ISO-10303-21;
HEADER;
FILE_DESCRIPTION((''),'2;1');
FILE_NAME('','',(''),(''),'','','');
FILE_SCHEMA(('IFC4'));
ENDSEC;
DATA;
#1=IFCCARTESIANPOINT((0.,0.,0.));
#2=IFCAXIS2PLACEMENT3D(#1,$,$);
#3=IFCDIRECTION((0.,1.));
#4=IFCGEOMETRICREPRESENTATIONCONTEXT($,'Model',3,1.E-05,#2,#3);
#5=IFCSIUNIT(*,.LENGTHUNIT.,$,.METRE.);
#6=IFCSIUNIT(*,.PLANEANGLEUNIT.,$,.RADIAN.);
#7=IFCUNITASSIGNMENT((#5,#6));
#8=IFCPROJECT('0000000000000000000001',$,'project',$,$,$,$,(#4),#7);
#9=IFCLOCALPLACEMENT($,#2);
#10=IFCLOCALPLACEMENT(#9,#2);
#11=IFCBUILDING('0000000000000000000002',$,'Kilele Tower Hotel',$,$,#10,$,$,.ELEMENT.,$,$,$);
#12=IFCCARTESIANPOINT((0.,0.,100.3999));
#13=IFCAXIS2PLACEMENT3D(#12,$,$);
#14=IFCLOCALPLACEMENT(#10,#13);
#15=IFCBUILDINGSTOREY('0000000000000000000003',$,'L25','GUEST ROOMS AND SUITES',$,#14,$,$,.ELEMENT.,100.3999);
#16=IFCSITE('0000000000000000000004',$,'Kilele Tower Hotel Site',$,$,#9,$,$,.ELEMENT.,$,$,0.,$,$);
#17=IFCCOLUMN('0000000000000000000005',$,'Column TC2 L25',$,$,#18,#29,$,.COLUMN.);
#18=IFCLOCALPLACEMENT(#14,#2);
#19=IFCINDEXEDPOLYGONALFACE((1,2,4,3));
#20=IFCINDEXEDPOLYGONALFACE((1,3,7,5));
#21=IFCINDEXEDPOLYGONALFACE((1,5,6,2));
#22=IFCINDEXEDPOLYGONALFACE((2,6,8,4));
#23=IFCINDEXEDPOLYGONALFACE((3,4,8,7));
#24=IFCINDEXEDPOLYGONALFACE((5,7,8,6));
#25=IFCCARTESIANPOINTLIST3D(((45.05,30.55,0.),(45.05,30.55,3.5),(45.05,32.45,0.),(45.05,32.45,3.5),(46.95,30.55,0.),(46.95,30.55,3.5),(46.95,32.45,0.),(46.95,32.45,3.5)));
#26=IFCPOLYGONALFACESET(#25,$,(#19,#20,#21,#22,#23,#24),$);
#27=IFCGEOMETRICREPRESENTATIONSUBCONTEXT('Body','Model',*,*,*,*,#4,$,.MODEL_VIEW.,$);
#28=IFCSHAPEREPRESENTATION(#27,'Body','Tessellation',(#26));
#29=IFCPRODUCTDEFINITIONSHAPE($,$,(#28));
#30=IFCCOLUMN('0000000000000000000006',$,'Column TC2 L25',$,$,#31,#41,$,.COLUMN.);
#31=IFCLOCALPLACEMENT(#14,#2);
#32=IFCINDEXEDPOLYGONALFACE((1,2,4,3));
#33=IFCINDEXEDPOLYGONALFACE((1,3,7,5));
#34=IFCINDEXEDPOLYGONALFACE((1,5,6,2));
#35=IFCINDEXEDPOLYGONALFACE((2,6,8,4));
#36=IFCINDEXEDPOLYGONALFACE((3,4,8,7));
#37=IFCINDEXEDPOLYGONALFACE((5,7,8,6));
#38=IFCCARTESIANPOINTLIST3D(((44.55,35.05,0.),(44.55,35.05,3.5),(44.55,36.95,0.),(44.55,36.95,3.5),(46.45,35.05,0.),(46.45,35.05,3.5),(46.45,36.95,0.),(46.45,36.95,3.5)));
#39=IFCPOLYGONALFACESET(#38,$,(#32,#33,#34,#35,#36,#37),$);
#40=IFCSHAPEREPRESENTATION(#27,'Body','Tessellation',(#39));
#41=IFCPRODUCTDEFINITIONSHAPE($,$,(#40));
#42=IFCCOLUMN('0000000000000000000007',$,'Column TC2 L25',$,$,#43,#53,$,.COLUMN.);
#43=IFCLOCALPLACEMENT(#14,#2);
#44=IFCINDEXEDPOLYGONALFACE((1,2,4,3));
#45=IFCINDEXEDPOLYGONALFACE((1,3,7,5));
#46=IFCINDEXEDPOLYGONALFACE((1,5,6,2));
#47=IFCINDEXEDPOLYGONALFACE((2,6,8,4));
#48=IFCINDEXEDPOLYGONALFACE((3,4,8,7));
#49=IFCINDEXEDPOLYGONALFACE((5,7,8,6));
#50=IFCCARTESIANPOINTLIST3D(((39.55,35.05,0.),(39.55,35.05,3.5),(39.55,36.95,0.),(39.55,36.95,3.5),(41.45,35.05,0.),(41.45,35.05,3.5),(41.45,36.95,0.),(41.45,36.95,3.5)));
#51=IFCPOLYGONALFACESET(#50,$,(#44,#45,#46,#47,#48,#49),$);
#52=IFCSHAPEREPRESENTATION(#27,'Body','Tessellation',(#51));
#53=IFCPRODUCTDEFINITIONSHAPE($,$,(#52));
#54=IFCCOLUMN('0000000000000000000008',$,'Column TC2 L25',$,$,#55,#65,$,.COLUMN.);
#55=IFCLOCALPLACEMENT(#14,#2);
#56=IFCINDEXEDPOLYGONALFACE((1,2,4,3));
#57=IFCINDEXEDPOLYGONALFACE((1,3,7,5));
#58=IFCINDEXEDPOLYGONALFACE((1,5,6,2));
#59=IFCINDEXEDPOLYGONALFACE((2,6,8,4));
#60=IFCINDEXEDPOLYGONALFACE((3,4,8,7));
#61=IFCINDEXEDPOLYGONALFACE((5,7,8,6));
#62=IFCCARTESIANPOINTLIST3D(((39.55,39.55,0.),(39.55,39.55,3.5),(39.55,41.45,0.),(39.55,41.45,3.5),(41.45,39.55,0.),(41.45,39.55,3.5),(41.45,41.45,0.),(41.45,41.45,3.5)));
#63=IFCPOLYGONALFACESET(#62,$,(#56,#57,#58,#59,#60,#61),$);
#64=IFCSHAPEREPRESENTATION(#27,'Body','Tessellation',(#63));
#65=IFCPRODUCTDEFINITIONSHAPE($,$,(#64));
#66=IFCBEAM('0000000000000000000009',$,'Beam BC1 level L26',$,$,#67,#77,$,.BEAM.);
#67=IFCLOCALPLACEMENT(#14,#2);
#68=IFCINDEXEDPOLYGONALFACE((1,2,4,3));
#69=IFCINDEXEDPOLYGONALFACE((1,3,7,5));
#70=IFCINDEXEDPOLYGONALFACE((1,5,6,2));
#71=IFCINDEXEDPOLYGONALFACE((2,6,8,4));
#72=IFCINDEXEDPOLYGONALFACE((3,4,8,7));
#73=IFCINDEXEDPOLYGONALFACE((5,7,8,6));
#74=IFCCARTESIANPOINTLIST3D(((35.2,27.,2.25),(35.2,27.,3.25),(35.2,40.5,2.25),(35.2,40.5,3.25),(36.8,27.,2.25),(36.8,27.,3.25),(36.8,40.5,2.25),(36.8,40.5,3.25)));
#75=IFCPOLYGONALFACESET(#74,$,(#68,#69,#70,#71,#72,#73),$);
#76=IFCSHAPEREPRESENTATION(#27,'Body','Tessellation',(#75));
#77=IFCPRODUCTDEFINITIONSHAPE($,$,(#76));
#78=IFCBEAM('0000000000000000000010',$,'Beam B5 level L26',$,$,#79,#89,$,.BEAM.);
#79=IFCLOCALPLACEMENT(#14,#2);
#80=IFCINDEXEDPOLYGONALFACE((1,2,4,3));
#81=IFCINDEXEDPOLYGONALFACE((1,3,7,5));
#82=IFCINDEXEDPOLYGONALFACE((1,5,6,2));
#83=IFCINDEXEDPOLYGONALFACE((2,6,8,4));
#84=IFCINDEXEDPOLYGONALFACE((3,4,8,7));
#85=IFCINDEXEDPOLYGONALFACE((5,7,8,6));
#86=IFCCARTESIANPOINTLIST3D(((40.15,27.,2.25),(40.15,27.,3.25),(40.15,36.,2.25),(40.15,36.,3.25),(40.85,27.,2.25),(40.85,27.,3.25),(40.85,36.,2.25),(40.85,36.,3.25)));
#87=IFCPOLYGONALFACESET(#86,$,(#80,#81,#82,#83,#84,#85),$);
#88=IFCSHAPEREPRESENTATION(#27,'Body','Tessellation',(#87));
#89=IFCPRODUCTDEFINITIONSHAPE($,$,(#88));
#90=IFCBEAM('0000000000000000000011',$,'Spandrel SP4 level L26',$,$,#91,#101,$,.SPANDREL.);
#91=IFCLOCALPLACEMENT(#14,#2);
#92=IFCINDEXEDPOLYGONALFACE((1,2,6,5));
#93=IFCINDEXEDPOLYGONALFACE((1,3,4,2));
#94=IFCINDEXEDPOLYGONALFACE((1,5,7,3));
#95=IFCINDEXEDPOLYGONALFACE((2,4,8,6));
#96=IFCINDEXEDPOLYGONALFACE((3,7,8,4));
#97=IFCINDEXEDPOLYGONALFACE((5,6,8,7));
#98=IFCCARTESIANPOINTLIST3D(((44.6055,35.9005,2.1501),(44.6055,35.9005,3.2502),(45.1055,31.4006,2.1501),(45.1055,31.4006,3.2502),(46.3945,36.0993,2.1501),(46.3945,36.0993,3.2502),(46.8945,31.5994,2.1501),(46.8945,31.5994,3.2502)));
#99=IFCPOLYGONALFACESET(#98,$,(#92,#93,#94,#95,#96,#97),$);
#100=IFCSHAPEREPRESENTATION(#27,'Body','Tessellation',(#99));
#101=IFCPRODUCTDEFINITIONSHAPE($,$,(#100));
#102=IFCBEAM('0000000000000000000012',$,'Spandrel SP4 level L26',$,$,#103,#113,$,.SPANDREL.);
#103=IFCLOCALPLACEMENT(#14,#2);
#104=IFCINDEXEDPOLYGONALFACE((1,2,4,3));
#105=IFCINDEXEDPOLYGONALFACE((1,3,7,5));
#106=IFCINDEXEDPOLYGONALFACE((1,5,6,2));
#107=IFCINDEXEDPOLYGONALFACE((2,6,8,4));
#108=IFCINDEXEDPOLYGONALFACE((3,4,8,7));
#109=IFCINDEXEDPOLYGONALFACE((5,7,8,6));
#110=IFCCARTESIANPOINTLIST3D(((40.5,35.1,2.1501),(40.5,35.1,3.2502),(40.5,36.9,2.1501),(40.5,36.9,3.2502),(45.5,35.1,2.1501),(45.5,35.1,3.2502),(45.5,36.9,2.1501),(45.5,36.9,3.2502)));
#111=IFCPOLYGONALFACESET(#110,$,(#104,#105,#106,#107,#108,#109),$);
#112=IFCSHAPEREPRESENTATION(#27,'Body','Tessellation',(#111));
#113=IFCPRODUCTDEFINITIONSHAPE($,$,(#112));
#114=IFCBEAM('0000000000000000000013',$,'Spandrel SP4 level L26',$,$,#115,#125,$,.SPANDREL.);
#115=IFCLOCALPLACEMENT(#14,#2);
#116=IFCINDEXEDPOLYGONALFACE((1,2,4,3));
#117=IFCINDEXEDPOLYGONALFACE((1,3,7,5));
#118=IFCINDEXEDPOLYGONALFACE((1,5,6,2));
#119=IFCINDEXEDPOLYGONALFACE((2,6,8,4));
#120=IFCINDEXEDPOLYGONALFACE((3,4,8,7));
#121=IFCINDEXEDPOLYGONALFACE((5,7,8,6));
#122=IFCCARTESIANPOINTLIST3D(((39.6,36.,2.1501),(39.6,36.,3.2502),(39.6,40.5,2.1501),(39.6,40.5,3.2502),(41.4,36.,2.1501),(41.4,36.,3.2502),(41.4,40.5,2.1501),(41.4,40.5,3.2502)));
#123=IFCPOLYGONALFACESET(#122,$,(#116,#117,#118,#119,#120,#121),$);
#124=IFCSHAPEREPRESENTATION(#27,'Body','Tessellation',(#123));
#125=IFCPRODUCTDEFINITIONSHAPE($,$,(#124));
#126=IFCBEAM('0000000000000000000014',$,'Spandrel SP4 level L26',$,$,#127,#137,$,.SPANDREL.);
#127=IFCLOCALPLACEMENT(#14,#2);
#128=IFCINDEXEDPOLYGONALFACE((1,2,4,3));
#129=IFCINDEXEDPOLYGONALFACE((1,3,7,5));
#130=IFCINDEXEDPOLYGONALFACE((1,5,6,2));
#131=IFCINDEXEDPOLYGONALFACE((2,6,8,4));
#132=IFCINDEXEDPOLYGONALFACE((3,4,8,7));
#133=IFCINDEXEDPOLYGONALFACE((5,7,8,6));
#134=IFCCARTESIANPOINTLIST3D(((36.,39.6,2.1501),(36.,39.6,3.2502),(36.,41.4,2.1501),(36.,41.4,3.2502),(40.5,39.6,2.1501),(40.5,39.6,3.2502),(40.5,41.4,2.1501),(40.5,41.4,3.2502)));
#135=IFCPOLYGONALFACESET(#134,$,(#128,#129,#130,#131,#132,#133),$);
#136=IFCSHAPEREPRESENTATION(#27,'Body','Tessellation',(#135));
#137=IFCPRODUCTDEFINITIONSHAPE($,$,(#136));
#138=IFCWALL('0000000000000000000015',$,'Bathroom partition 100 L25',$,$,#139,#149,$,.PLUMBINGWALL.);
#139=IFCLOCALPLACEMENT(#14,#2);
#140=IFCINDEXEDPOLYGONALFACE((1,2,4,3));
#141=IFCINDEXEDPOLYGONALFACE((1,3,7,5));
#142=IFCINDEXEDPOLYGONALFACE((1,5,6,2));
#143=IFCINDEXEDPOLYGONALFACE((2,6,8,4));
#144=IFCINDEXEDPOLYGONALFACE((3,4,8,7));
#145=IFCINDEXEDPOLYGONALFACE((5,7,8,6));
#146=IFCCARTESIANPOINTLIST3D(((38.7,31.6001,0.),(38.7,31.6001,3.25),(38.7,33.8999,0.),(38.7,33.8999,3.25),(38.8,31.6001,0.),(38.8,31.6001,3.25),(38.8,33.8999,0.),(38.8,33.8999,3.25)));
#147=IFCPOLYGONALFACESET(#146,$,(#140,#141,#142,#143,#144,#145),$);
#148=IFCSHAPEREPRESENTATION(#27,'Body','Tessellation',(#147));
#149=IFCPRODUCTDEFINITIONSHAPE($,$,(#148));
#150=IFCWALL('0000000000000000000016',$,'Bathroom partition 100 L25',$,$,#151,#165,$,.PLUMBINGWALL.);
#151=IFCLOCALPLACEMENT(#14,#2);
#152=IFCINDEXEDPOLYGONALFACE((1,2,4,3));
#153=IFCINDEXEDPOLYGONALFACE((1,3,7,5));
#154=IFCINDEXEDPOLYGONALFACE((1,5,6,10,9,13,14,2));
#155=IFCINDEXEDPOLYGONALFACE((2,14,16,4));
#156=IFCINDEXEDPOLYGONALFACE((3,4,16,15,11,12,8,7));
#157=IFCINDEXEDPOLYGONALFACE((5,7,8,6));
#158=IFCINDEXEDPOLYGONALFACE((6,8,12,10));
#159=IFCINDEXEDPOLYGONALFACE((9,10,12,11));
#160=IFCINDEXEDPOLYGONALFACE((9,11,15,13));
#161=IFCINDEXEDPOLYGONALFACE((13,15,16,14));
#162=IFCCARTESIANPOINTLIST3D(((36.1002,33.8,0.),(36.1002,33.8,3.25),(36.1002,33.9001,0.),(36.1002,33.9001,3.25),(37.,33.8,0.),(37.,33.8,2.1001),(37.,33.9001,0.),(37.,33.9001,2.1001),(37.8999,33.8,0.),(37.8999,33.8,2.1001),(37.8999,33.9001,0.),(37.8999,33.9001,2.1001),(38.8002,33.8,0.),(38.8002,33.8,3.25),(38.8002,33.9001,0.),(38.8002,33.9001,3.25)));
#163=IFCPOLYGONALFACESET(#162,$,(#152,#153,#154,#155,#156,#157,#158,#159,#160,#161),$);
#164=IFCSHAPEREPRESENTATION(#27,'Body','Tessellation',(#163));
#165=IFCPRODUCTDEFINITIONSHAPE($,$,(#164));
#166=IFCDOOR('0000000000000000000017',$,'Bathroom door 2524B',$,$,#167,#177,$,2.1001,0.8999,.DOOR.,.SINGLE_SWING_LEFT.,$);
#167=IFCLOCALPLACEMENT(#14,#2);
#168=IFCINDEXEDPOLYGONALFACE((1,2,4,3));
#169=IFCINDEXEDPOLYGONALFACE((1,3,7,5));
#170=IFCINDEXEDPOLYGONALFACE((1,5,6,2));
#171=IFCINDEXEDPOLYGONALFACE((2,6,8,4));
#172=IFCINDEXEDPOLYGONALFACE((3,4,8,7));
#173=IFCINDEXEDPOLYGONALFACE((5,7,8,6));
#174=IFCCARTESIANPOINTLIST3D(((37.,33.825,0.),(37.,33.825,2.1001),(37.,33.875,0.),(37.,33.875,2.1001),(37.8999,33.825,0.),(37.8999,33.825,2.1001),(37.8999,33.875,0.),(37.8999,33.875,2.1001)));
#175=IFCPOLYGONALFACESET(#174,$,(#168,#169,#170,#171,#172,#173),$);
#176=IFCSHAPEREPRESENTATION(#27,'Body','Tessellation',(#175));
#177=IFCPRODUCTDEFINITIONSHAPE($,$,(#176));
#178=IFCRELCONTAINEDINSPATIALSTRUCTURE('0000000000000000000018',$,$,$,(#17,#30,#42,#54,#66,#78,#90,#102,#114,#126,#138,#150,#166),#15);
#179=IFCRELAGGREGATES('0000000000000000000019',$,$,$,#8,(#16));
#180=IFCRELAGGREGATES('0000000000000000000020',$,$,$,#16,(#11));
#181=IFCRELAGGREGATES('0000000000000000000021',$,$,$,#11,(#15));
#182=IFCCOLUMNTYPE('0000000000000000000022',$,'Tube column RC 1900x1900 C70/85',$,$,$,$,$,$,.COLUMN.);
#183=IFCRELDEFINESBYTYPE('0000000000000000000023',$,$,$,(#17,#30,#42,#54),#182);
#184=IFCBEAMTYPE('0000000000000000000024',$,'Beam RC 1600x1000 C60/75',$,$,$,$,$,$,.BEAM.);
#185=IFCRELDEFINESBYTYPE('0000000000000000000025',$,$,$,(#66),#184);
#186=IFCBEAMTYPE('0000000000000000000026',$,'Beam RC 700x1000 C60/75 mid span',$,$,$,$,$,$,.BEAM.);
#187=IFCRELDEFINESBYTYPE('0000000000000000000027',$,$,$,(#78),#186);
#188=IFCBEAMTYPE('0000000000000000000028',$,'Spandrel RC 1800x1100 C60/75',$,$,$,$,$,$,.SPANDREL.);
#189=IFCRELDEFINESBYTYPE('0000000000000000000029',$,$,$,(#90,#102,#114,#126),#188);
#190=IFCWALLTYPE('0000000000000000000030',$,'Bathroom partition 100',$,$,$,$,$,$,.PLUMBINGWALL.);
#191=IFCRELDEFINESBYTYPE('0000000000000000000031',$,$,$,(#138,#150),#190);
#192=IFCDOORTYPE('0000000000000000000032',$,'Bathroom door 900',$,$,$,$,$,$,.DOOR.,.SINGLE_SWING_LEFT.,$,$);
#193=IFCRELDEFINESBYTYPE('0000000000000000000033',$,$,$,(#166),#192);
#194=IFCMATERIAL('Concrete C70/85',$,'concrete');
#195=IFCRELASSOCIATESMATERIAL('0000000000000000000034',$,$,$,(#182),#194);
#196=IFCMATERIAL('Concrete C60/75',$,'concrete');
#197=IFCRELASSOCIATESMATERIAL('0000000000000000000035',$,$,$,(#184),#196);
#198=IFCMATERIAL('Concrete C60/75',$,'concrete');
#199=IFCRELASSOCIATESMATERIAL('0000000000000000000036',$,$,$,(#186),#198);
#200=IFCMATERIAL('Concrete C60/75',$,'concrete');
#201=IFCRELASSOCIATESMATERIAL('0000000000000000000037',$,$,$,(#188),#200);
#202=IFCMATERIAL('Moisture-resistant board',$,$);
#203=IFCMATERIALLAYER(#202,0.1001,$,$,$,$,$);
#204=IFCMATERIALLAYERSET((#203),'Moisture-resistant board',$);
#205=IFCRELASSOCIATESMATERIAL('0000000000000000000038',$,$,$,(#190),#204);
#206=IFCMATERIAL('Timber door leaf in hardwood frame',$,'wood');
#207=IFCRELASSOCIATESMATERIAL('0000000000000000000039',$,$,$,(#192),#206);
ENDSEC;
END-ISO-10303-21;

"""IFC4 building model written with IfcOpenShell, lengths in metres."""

from ifc_helpers import new_model, si_unit, direction, frame, frame_2d, origin, origin_2d, place, context, subcontext, project, spatial, rectangle, extrude, material, layer, layer_set, material_profile, profile_set, type_object, element, fill, save


model = new_model("IFC4")

# Units and contexts
model_context = context("Model", 3, precision=1e-05, world=origin(), true_north=direction((0.0, 1.0)))
body_context = subcontext(model_context, "Body", "Model", "MODEL_VIEW")
ifc_project = project(units=[si_unit("LENGTHUNIT", "METRE"), si_unit("PLANEANGLEUNIT", "RADIAN")], contexts=[model_context])

# Site, building, storey
site_placement = place(None, origin())
site = spatial("IfcSite", under=ifc_project, at=site_placement, Name="Kilele Tower Hotel Site", CompositionType="ELEMENT", RefElevation=0.0)
building_placement = place(site_placement, origin())
building = spatial("IfcBuilding", under=site, at=building_placement, Name="Kilele Tower Hotel", CompositionType="ELEMENT")
storey_placement = place(building_placement, frame((0.0, 0.0, 100.3999)))
storey = spatial("IfcBuildingStorey", under=building, at=storey_placement, Name="L25", Description="GUEST ROOMS AND SUITES", CompositionType="ELEMENT", Elevation=100.3999)

# Columns
ifc_material_1 = material(Name="Concrete C70/85", Category="concrete")
ifc_material_profile_1 = material_profile(ifc_material_1, rectangle(XDim=1.8999, YDim=1.8999, at=origin_2d()))
ifc_profile_set_1 = profile_set([ifc_material_profile_1], Name="Concrete C70/85")
column_type = type_object("IfcColumnType", Name="Tube column RC 1900x1900 C70/85", PredefinedType="COLUMN", material=ifc_profile_set_1)
for number, where, z_axis, x_axis, name in (
    (1, (46.0, 31.5, 0.0), (0.0, 0.0, 1.0), (1.0, 0.0, 0.0), "Column TC2 L25"),
    (2, (45.5, 36.0, 0.0), (0.0, 0.0, 1.0), (1.0, 0.0, 0.0), "Column TC2 L25"),
    (3, (40.5, 36.0, 0.0), (0.0, 0.0, 1.0), (1.0, 0.0, 0.0), "Column TC2 L25"),
    (4, (40.5, 40.5, 0.0), (0.0, 0.0, 1.0), (1.0, 0.0, 0.0), "Column TC2 L25"),
):
    element("IfcColumn", number, at=place(storey_placement, frame(where, z_axis=z_axis, x_axis=x_axis)), inside=storey, type_object=column_type, Name=name, PredefinedType="COLUMN", context=body_context, shape_type="SweptSolid", body=[
        extrude(rectangle(XDim=1.8999, YDim=1.8999, at=origin_2d()), origin(), (0.0, 0.0, 1.0), 3.5),
    ])

# Beams
ifc_material_2 = material(Name="Concrete C60/75", Category="concrete")
ifc_material_profile_2 = material_profile(ifc_material_2, rectangle(XDim=1.6001, YDim=1.0, at=origin_2d()))
ifc_profile_set_2 = profile_set([ifc_material_profile_2], Name="Concrete C60/75")
beam_type_1 = type_object("IfcBeamType", Name="Beam RC 1600x1000 C60/75", PredefinedType="BEAM", material=ifc_profile_set_2)
beam_1_placement = place(storey_placement, frame((36.0, 40.5, 2.75), z_axis=(0.0, -1.0, 0.0), x_axis=(1.0, 0.0, 0.0)))
element("IfcBeam", 5, at=beam_1_placement, inside=storey, type_object=beam_type_1, Name="Beam BC1 level L26", PredefinedType="BEAM", context=body_context, shape_type="SweptSolid", body=[
    extrude(rectangle(XDim=1.6001, YDim=1.0, at=origin_2d()), origin(), (0.0, 0.0, 1.0), 13.5),
])
ifc_material_3 = material(Name="Concrete C60/75", Category="concrete")
ifc_material_profile_3 = material_profile(ifc_material_3, rectangle(XDim=0.7, YDim=1.0, at=origin_2d()))
ifc_profile_set_3 = profile_set([ifc_material_profile_3], Name="Concrete C60/75")
beam_type_2 = type_object("IfcBeamType", Name="Beam RC 700x1000 C60/75 mid span", PredefinedType="BEAM", material=ifc_profile_set_3)
beam_2_placement = place(storey_placement, frame((40.5, 36.0, 2.75), z_axis=(0.0, -1.0, 0.0), x_axis=(1.0, 0.0, 0.0)))
element("IfcBeam", 6, at=beam_2_placement, inside=storey, type_object=beam_type_2, Name="Beam B5 level L26", PredefinedType="BEAM", context=body_context, shape_type="SweptSolid", body=[
    extrude(rectangle(XDim=0.7, YDim=1.0, at=origin_2d()), origin(), (0.0, 0.0, 1.0), 9.0),
])
ifc_material_4 = material(Name="Concrete C60/75", Category="concrete")
ifc_material_profile_4 = material_profile(ifc_material_4, rectangle(XDim=1.8, YDim=1.1001, at=origin_2d()))
ifc_profile_set_4 = profile_set([ifc_material_profile_4], Name="Concrete C60/75")
beam_type_3 = type_object("IfcBeamType", Name="Spandrel RC 1800x1100 C60/75", PredefinedType="SPANDREL", material=ifc_profile_set_4)
beam_3_placement = place(storey_placement, frame((46.0, 31.5, 2.7002), z_axis=(-0.110432, 0.993884, 0.0), x_axis=(-0.993884, -0.110432, 0.0)))
element("IfcBeam", 7, at=beam_3_placement, inside=storey, type_object=beam_type_3, Name="Spandrel SP4 level L26", PredefinedType="SPANDREL", context=body_context, shape_type="SweptSolid", body=[
    extrude(rectangle(XDim=1.8, YDim=1.1001, at=origin_2d()), origin(), (0.0, 0.0, 1.0), 4.5276),
])
beam_4_placement = place(storey_placement, frame((45.5, 36.0, 2.7002), z_axis=(-1.0, 0.0, 0.0), x_axis=(0.0, -1.0, 0.0)))
element("IfcBeam", 8, at=beam_4_placement, inside=storey, type_object=beam_type_3, Name="Spandrel SP4 level L26", PredefinedType="SPANDREL", context=body_context, shape_type="SweptSolid", body=[
    extrude(rectangle(XDim=1.8, YDim=1.1001, at=origin_2d()), origin(), (0.0, 0.0, 1.0), 5.0),
])
for number, where, z_axis, x_axis, name in (
    (9, (40.5, 36.0, 2.7002), (0.0, 1.0, 0.0), (-1.0, 0.0, 0.0), "Spandrel SP4 level L26"),
    (10, (40.5, 40.5, 2.7002), (-1.0, 0.0, 0.0), (0.0, -1.0, 0.0), "Spandrel SP4 level L26"),
):
    element("IfcBeam", number, at=place(storey_placement, frame(where, z_axis=z_axis, x_axis=x_axis)), inside=storey, type_object=beam_type_3, Name=name, PredefinedType="SPANDREL", context=body_context, shape_type="SweptSolid", body=[
        extrude(rectangle(XDim=1.8, YDim=1.1001, at=origin_2d()), origin(), (0.0, 0.0, 1.0), 4.5),
    ])

# Wall
ifc_material_5 = material(Name="Moisture-resistant board")
ifc_layer_1 = layer(ifc_material_5, 0.1001)
ifc_layer_set_1 = layer_set([ifc_layer_1], Name="Moisture-resistant board")
wall_type_1 = type_object("IfcWallType", Name="Bathroom partition 100", PredefinedType="PLUMBINGWALL", material=ifc_layer_set_1)
wall_1_placement = place(storey_placement, frame((38.75, 31.6001, 0.0), z_axis=(0.0, 0.0, 1.0), x_axis=(0.0, 1.0, 0.0)))
element("IfcWall", 11, at=wall_1_placement, inside=storey, type_object=wall_type_1, Name="Bathroom partition 100 L25", PredefinedType="PLUMBINGWALL", context=body_context, shape_type="SweptSolid", body=[
    extrude(rectangle(XDim=2.2998, YDim=0.1001, at=frame_2d((1.1499, 0.0))), origin(), (0.0, 0.0, 1.0), 3.25),
])

# Wall, opening, door
wall_2_placement = place(storey_placement, frame((36.1001, 33.8501, 0.0), z_axis=(0.0, 0.0, 1.0), x_axis=(1.0, 0.0, 0.0)))
wall_2 = element("IfcWall", 12, at=wall_2_placement, inside=storey, type_object=wall_type_1, Name="Bathroom partition 100 L25", PredefinedType="PLUMBINGWALL", context=body_context, shape_type="SweptSolid", body=[
    extrude(rectangle(XDim=2.7, YDim=0.1001, at=frame_2d((1.3501, 0.0))), origin(), (0.0, 0.0, 1.0), 3.25),
])
opening_1_placement = place(wall_2_placement, frame((0.8999, 0.0, 0.0)))
opening_1 = element("IfcOpeningElement", 13, at=opening_1_placement, cuts=wall_2, PredefinedType="OPENING", context=body_context, shape_type="SweptSolid", body=[
    extrude(rectangle(XDim=0.8999, YDim=2.1001, at=frame_2d((0.45, 1.05))), frame((0.0, 0.0601, 0.0), z_axis=(0.0, -1.0, 0.0), x_axis=(1.0, 0.0, 0.0)), (0.0, 0.0, 1.0), 0.1201),
])
ifc_material_6 = material(Name="Timber door leaf in hardwood frame", Category="wood")
door_type_1 = type_object("IfcDoorType", Name="Bathroom door 900", OperationType="SINGLE_SWING_LEFT", PredefinedType="DOOR", material=ifc_material_6)
door_1_placement = place(opening_1_placement, origin())
door_1 = element("IfcDoor", 14, at=door_1_placement, inside=storey, type_object=door_type_1, Name="Bathroom door 2524B", OperationType="SINGLE_SWING_LEFT", OverallHeight=2.1001, OverallWidth=0.8999, PredefinedType="DOOR", context=body_context, shape_type="SweptSolid", body=[
    extrude(rectangle(XDim=0.8999, YDim=2.1001, at=frame_2d((0.45, 1.05))), frame((0.0, 0.0249, 0.0), z_axis=(0.0, -1.0, 0.0), x_axis=(1.0, 0.0, 0.0)), (0.0, 0.0, 1.0), 0.05),
])
fill(opening_1, door_1)

save(model, "model.ifc")
